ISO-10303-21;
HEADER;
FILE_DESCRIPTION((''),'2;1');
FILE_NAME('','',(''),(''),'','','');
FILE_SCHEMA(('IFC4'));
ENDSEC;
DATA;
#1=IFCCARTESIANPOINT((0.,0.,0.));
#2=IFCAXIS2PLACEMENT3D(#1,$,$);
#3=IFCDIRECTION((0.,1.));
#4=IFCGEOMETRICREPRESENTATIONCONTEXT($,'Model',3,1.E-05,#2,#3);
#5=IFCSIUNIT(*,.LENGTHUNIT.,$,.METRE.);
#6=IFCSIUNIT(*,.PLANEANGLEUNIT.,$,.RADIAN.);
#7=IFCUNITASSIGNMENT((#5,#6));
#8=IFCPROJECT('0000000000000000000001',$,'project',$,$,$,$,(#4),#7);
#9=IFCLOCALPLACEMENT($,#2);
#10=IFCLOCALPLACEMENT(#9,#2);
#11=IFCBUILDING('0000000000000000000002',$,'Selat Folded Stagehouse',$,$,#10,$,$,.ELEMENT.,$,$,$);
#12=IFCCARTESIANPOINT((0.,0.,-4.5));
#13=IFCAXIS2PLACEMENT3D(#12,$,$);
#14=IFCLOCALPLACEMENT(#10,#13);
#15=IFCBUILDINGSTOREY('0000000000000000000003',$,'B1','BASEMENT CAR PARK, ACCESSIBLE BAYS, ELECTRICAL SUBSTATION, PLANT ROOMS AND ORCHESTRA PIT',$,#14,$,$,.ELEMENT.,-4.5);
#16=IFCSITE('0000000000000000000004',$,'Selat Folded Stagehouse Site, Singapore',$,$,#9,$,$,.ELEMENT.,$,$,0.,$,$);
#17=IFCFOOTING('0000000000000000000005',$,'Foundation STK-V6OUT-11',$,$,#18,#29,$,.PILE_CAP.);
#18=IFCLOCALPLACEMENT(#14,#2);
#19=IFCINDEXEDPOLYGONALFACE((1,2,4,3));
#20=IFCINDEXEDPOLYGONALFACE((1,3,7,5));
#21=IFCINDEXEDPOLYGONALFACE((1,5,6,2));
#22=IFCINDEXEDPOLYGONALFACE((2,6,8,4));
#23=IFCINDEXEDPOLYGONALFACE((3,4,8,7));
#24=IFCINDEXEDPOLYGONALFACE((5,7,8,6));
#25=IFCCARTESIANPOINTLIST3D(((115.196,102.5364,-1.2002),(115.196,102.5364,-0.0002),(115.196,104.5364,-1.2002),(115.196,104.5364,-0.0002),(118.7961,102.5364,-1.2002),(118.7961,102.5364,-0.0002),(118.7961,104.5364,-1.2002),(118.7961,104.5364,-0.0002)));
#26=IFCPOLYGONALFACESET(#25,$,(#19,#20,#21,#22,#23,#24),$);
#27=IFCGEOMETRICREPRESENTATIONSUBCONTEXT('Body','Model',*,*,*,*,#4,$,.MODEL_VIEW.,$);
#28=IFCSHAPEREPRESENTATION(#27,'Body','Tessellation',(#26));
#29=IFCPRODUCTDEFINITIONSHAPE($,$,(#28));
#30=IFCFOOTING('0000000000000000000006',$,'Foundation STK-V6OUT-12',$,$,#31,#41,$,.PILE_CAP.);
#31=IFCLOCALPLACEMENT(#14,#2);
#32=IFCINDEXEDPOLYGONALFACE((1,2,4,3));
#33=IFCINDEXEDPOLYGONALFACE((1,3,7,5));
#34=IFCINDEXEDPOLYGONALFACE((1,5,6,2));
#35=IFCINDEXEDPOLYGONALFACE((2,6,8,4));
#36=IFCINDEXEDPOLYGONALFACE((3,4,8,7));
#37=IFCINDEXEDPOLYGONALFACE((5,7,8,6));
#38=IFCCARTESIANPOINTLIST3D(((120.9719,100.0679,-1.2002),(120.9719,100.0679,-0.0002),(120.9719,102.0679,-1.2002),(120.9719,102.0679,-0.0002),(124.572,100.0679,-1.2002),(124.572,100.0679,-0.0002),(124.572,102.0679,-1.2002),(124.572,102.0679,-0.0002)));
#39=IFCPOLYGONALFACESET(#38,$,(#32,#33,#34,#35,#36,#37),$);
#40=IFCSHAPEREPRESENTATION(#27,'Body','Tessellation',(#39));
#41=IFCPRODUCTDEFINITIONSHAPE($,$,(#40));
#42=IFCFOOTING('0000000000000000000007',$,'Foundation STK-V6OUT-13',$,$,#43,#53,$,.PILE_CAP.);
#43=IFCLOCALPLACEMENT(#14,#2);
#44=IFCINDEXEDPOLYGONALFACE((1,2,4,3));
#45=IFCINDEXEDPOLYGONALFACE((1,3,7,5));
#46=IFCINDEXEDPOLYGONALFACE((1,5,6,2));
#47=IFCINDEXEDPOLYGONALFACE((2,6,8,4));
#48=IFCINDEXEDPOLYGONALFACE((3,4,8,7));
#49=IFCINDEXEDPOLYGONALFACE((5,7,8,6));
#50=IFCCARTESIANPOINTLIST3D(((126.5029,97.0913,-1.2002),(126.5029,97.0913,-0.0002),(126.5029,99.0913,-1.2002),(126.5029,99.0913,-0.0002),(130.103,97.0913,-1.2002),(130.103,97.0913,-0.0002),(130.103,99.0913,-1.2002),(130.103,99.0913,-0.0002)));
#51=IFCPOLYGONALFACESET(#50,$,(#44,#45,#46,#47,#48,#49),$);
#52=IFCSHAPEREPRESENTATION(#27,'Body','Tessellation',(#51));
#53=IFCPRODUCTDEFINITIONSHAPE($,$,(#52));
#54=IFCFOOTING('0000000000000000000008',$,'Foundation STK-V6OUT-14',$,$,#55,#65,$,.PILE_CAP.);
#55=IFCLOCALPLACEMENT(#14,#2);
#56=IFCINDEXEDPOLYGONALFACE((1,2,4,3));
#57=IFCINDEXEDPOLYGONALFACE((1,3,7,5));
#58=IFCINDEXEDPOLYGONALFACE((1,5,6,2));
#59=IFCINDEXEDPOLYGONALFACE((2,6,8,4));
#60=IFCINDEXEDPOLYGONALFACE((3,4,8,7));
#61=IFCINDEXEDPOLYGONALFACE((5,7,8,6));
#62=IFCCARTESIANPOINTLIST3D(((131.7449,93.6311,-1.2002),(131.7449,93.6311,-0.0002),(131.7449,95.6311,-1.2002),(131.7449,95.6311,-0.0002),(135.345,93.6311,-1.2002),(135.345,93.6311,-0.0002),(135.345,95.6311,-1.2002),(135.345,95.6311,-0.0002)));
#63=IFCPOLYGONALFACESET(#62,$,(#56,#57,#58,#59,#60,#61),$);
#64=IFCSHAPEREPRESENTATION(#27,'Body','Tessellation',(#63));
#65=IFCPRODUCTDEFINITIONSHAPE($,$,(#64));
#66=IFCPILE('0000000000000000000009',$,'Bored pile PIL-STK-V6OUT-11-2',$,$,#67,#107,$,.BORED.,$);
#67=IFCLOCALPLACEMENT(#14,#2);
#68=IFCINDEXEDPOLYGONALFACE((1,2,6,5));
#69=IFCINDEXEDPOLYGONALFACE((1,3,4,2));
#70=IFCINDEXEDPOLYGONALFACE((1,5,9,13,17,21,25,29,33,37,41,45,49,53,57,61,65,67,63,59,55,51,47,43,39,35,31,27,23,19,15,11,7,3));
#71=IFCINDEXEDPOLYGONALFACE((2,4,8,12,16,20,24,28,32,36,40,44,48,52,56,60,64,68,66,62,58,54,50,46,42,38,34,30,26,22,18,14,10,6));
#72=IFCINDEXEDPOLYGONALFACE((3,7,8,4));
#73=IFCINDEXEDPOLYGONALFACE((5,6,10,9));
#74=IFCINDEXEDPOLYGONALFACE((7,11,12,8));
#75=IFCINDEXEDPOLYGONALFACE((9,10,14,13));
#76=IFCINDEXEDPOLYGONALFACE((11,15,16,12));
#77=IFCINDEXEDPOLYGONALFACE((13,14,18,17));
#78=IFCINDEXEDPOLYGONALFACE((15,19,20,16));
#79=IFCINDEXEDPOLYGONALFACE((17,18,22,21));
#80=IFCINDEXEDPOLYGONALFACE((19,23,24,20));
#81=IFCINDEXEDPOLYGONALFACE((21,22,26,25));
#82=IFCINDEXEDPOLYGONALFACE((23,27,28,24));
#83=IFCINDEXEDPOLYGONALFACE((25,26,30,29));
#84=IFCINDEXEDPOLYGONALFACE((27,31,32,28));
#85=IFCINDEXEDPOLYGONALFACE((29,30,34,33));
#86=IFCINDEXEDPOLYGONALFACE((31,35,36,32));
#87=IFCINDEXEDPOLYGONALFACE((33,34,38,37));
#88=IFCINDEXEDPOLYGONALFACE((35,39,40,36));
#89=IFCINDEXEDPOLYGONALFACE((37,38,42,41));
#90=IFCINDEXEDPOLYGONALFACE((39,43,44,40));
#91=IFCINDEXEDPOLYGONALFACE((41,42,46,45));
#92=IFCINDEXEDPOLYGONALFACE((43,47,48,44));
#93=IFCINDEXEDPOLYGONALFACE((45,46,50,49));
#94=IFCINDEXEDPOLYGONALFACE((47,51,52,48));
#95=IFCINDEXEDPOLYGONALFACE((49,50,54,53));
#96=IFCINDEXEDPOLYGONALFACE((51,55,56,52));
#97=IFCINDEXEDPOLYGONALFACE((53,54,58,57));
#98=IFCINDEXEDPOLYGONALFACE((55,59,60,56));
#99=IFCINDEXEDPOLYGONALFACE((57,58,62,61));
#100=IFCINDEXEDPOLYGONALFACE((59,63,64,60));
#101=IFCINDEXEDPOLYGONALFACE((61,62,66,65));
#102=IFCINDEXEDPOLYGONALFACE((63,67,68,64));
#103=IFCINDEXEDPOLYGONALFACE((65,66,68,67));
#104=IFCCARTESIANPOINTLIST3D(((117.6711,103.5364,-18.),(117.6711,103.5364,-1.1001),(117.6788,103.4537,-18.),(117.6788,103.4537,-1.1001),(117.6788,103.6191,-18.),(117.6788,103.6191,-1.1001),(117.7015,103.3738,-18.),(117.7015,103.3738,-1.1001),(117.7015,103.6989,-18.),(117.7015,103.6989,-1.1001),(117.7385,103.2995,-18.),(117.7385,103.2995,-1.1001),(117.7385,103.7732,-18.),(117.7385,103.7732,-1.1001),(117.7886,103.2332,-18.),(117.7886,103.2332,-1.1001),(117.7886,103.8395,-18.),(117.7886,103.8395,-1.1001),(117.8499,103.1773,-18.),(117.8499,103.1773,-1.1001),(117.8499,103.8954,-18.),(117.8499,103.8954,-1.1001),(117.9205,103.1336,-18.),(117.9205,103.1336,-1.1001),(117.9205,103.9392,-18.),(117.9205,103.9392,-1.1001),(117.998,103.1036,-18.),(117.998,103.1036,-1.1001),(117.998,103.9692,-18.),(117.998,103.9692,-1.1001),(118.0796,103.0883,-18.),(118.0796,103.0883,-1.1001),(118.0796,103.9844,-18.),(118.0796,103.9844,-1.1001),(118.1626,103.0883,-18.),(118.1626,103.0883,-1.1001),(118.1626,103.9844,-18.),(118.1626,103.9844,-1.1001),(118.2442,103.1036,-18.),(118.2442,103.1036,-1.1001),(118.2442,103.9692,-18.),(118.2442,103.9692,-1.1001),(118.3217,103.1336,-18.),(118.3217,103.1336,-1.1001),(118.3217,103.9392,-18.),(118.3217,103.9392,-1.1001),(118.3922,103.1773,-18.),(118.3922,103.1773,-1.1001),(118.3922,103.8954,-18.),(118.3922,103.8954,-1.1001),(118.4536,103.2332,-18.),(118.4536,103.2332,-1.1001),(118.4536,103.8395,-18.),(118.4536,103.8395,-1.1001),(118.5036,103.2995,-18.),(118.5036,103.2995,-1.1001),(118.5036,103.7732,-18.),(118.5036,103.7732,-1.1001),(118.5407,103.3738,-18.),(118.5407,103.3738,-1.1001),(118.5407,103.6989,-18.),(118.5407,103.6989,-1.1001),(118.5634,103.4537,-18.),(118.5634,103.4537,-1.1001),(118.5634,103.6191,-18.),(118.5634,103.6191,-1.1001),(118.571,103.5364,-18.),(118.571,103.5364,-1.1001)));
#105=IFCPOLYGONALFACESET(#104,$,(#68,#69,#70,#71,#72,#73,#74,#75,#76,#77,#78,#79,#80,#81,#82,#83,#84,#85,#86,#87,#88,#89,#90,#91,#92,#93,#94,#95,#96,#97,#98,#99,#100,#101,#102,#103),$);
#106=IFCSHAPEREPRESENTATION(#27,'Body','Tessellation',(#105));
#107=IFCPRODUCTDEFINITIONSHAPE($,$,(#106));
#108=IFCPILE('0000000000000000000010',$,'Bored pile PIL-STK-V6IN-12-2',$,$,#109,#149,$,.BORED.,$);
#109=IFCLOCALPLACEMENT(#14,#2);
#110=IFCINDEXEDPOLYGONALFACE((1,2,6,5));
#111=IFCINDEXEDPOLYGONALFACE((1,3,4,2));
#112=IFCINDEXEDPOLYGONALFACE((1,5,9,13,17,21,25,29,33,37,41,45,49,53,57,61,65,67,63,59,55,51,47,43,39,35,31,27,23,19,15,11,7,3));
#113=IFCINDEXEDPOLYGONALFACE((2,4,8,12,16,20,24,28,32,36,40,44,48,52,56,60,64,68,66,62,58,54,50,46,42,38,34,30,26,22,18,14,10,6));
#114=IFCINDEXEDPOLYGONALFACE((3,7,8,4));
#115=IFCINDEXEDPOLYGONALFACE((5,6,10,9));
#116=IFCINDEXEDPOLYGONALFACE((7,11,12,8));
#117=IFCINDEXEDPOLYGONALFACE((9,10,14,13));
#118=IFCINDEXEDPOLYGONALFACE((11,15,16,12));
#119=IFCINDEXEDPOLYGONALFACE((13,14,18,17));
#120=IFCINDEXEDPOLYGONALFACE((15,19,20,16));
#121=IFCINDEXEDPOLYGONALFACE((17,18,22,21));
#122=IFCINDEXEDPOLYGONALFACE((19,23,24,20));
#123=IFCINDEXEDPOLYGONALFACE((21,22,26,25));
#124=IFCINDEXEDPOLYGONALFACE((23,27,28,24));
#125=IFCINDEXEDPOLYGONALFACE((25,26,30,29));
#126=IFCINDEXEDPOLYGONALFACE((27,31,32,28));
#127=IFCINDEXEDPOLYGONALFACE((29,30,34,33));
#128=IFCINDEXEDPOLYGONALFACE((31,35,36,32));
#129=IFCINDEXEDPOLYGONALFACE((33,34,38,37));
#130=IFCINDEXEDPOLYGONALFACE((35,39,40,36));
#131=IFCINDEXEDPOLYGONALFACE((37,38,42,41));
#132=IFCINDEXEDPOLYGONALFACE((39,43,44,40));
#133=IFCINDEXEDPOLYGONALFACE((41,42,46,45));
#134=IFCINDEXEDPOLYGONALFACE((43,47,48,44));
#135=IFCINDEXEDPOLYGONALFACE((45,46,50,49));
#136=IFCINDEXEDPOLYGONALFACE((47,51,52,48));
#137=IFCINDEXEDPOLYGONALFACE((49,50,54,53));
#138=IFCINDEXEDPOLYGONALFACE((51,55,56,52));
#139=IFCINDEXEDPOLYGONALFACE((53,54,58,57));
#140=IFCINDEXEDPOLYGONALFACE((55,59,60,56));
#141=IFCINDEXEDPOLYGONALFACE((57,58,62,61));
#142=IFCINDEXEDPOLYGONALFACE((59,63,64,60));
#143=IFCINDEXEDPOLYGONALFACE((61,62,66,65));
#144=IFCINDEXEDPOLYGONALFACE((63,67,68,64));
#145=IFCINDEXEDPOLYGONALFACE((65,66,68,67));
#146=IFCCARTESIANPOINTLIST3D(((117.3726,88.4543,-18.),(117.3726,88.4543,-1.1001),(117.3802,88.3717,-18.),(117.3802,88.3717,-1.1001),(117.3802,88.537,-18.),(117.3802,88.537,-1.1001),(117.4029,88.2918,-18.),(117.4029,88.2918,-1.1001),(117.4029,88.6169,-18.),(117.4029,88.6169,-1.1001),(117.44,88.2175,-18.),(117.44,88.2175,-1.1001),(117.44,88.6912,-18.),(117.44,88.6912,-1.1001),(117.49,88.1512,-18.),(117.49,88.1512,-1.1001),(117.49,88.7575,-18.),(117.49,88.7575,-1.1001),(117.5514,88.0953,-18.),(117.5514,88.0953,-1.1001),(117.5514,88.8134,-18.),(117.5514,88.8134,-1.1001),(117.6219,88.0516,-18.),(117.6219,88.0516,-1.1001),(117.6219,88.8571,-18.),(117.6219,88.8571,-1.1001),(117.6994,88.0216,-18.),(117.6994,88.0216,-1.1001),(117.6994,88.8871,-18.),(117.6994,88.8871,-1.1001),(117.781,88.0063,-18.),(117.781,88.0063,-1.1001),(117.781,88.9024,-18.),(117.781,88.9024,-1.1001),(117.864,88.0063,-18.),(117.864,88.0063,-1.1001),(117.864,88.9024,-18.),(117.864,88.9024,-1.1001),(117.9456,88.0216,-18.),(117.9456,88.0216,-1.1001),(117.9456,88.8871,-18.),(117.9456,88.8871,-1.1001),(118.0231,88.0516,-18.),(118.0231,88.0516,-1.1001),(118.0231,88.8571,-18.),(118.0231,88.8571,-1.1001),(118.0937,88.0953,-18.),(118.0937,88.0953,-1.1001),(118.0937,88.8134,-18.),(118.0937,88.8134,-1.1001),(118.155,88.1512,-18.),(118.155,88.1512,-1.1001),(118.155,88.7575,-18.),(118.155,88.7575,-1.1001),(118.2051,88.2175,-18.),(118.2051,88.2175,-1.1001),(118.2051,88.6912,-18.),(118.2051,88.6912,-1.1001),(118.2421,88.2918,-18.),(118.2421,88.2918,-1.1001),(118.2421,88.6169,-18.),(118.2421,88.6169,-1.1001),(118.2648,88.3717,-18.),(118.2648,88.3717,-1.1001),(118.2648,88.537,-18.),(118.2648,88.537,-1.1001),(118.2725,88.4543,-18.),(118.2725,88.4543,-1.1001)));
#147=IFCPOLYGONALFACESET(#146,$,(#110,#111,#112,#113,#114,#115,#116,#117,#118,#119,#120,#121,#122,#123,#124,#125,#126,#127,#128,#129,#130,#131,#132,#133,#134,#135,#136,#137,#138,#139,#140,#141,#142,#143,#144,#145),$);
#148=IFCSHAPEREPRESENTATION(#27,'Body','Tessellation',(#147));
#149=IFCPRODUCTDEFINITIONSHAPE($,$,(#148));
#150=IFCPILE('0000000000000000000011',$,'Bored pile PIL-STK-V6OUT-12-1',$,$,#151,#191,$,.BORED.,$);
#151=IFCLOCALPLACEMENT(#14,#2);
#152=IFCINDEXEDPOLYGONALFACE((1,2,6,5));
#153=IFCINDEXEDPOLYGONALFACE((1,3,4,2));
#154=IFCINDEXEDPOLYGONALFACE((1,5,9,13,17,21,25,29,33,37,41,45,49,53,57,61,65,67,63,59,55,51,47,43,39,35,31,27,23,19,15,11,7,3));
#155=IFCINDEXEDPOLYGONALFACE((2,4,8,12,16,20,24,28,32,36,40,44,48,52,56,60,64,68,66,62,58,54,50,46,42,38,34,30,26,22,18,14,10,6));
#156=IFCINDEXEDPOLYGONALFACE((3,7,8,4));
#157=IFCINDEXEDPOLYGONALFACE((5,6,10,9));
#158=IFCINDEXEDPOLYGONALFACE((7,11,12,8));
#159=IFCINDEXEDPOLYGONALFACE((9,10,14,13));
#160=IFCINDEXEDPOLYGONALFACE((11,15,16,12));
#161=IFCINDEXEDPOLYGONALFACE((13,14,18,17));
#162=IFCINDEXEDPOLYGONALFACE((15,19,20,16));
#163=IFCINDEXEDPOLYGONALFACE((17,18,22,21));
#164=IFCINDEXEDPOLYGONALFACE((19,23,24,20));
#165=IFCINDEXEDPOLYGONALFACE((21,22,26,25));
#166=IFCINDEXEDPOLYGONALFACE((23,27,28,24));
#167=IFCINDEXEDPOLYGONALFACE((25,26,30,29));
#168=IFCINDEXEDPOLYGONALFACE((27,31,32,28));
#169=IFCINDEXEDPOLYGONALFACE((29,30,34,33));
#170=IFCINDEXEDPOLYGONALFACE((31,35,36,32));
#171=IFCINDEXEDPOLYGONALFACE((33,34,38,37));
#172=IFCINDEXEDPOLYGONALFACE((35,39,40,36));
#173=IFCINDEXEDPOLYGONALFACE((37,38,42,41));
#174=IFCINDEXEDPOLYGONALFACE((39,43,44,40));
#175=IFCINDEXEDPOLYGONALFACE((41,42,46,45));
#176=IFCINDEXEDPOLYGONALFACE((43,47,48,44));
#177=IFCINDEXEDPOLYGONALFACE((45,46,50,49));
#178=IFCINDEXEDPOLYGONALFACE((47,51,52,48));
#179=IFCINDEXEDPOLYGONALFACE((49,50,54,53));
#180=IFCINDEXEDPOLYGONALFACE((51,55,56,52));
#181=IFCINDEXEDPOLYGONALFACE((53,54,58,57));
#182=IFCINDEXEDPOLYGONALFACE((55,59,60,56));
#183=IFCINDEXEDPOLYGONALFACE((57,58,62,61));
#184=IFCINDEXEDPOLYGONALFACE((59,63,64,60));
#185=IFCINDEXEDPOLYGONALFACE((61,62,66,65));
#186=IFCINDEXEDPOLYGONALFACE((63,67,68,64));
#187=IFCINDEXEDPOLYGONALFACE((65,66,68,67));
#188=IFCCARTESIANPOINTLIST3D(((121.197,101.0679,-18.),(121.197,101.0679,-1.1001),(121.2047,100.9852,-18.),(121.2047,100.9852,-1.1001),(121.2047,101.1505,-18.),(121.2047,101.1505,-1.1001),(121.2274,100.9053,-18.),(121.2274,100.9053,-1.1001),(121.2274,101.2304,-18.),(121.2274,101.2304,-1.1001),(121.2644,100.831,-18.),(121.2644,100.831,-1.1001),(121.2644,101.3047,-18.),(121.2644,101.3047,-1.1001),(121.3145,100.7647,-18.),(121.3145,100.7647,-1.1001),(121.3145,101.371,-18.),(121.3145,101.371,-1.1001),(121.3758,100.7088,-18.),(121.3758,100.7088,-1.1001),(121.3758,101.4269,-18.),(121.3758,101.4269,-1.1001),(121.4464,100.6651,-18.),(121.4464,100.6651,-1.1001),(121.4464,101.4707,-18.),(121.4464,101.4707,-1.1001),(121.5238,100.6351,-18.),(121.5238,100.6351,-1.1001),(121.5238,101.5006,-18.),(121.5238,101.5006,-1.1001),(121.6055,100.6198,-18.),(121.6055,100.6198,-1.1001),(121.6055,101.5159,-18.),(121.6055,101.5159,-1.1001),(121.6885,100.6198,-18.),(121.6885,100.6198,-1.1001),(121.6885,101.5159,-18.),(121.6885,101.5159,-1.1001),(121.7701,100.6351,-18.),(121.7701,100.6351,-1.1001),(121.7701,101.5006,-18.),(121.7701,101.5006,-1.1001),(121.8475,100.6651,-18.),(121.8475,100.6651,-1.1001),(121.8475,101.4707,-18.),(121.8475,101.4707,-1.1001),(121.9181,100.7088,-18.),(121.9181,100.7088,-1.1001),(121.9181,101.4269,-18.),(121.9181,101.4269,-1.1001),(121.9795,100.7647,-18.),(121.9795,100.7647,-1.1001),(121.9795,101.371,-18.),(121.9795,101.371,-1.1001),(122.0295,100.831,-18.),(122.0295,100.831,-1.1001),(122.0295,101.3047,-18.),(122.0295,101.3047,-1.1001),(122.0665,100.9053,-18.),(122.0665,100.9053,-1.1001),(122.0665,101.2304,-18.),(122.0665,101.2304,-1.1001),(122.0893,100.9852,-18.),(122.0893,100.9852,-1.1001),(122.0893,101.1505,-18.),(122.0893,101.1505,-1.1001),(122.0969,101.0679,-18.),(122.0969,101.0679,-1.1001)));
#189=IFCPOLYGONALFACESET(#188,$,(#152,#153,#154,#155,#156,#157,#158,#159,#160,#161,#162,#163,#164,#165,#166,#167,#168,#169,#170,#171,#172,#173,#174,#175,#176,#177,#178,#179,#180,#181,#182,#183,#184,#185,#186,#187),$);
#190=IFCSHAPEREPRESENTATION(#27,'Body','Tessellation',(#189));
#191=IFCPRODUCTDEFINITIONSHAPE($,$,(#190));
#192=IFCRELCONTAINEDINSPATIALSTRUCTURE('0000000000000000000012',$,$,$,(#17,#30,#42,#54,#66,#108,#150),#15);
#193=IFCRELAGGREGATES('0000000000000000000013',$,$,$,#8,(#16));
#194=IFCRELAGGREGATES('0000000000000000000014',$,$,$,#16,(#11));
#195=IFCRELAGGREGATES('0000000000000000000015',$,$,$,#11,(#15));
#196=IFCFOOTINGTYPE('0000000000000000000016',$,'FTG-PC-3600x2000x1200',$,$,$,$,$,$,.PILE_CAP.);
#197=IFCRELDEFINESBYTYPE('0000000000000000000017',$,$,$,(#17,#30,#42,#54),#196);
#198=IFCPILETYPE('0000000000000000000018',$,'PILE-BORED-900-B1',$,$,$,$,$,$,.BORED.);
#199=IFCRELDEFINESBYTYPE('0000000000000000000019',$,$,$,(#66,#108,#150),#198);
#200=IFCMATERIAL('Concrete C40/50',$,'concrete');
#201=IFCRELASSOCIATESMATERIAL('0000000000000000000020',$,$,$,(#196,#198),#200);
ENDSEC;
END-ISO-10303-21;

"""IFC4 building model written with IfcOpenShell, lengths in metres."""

from ifc_helpers import new_model, si_unit, direction, frame, origin, origin_2d, place, context, subcontext, project, spatial, rectangle, circle, extrude, material, material_profile, profile_set, type_object, element, save


model = new_model("IFC4")

# Units and contexts
model_context = context("Model", 3, precision=1e-05, world=origin(), true_north=direction((0.0, 1.0)))
body_context = subcontext(model_context, "Body", "Model", "MODEL_VIEW")
ifc_project = project(units=[si_unit("LENGTHUNIT", "METRE"), si_unit("PLANEANGLEUNIT", "RADIAN")], contexts=[model_context])

# Site, building, storey
site_placement = place(None, origin())
site = spatial("IfcSite", under=ifc_project, at=site_placement, Name="Selat Folded Stagehouse Site, Singapore", CompositionType="ELEMENT", RefElevation=0.0)
building_placement = place(site_placement, origin())
building = spatial("IfcBuilding", under=site, at=building_placement, Name="Selat Folded Stagehouse", CompositionType="ELEMENT")
storey_placement = place(building_placement, frame((0.0, 0.0, -4.5)))
storey = spatial("IfcBuildingStorey", under=building, at=storey_placement, Name="B1", Description="BASEMENT CAR PARK, ACCESSIBLE BAYS, ELECTRICAL SUBSTATION, PLANT ROOMS AND ORCHESTRA PIT", CompositionType="ELEMENT", Elevation=-4.5)

# Footings
ifc_material_1 = material(Name="Concrete C40/50", Category="concrete")
footing_type = type_object("IfcFootingType", Name="FTG-PC-3600x2000x1200", PredefinedType="PILE_CAP", material=ifc_material_1)
for number, where, z_axis, x_axis, name in (
    (1, (116.9961, 103.5364, -1.2002), (0.0, 0.0, 1.0), (1.0, 0.0, 0.0), "Foundation STK-V6OUT-11"),
    (2, (122.772, 101.0679, -1.2002), (0.0, 0.0, 1.0), (1.0, 0.0, 0.0), "Foundation STK-V6OUT-12"),
    (3, (128.303, 98.0913, -1.2002), (0.0, 0.0, 1.0), (1.0, 0.0, 0.0), "Foundation STK-V6OUT-13"),
    (4, (133.5449, 94.6311, -1.2002), (0.0, 0.0, 1.0), (1.0, 0.0, 0.0), "Foundation STK-V6OUT-14"),
):
    element("IfcFooting", number, at=place(storey_placement, frame(where, z_axis=z_axis, x_axis=x_axis)), inside=storey, type_object=footing_type, Name=name, PredefinedType="PILE_CAP", context=body_context, shape_type="SweptSolid", body=[
        extrude(rectangle(XDim=3.6001, YDim=2.0, at=origin_2d()), origin(), (0.0, 0.0, 1.0), 1.2),
    ])

# Piles
ifc_material_profile_1 = material_profile(ifc_material_1, circle(Radius=0.45, at=origin_2d()), Name="PILE D900")
ifc_profile_set_1 = profile_set([ifc_material_profile_1], Name="Concrete C40/50")
pile_type = type_object("IfcPileType", Name="PILE-BORED-900-B1", PredefinedType="BORED", material=ifc_profile_set_1)
for number, where, z_axis, x_axis, name in (
    (5, (118.1211, 103.5364, -1.1001), (0.0, 0.0, -1.0), (1.0, 0.0, 0.0), "Bored pile PIL-STK-V6OUT-11-2"),
    (6, (117.8225, 88.4543, -1.1001), (0.0, 0.0, -1.0), (1.0, 0.0, 0.0), "Bored pile PIL-STK-V6IN-12-2"),
    (7, (121.647, 101.0679, -1.1001), (0.0, 0.0, -1.0), (1.0, 0.0, 0.0), "Bored pile PIL-STK-V6OUT-12-1"),
):
    element("IfcPile", number, at=place(storey_placement, frame(where, z_axis=z_axis, x_axis=x_axis)), inside=storey, type_object=pile_type, Name=name, PredefinedType="BORED", context=body_context, shape_type="SweptSolid", body=[
        extrude(circle(Radius=0.45, at=origin_2d()), origin(), (0.0, 0.0, 1.0), 16.8999),
    ])

save(model, "model.ifc")
